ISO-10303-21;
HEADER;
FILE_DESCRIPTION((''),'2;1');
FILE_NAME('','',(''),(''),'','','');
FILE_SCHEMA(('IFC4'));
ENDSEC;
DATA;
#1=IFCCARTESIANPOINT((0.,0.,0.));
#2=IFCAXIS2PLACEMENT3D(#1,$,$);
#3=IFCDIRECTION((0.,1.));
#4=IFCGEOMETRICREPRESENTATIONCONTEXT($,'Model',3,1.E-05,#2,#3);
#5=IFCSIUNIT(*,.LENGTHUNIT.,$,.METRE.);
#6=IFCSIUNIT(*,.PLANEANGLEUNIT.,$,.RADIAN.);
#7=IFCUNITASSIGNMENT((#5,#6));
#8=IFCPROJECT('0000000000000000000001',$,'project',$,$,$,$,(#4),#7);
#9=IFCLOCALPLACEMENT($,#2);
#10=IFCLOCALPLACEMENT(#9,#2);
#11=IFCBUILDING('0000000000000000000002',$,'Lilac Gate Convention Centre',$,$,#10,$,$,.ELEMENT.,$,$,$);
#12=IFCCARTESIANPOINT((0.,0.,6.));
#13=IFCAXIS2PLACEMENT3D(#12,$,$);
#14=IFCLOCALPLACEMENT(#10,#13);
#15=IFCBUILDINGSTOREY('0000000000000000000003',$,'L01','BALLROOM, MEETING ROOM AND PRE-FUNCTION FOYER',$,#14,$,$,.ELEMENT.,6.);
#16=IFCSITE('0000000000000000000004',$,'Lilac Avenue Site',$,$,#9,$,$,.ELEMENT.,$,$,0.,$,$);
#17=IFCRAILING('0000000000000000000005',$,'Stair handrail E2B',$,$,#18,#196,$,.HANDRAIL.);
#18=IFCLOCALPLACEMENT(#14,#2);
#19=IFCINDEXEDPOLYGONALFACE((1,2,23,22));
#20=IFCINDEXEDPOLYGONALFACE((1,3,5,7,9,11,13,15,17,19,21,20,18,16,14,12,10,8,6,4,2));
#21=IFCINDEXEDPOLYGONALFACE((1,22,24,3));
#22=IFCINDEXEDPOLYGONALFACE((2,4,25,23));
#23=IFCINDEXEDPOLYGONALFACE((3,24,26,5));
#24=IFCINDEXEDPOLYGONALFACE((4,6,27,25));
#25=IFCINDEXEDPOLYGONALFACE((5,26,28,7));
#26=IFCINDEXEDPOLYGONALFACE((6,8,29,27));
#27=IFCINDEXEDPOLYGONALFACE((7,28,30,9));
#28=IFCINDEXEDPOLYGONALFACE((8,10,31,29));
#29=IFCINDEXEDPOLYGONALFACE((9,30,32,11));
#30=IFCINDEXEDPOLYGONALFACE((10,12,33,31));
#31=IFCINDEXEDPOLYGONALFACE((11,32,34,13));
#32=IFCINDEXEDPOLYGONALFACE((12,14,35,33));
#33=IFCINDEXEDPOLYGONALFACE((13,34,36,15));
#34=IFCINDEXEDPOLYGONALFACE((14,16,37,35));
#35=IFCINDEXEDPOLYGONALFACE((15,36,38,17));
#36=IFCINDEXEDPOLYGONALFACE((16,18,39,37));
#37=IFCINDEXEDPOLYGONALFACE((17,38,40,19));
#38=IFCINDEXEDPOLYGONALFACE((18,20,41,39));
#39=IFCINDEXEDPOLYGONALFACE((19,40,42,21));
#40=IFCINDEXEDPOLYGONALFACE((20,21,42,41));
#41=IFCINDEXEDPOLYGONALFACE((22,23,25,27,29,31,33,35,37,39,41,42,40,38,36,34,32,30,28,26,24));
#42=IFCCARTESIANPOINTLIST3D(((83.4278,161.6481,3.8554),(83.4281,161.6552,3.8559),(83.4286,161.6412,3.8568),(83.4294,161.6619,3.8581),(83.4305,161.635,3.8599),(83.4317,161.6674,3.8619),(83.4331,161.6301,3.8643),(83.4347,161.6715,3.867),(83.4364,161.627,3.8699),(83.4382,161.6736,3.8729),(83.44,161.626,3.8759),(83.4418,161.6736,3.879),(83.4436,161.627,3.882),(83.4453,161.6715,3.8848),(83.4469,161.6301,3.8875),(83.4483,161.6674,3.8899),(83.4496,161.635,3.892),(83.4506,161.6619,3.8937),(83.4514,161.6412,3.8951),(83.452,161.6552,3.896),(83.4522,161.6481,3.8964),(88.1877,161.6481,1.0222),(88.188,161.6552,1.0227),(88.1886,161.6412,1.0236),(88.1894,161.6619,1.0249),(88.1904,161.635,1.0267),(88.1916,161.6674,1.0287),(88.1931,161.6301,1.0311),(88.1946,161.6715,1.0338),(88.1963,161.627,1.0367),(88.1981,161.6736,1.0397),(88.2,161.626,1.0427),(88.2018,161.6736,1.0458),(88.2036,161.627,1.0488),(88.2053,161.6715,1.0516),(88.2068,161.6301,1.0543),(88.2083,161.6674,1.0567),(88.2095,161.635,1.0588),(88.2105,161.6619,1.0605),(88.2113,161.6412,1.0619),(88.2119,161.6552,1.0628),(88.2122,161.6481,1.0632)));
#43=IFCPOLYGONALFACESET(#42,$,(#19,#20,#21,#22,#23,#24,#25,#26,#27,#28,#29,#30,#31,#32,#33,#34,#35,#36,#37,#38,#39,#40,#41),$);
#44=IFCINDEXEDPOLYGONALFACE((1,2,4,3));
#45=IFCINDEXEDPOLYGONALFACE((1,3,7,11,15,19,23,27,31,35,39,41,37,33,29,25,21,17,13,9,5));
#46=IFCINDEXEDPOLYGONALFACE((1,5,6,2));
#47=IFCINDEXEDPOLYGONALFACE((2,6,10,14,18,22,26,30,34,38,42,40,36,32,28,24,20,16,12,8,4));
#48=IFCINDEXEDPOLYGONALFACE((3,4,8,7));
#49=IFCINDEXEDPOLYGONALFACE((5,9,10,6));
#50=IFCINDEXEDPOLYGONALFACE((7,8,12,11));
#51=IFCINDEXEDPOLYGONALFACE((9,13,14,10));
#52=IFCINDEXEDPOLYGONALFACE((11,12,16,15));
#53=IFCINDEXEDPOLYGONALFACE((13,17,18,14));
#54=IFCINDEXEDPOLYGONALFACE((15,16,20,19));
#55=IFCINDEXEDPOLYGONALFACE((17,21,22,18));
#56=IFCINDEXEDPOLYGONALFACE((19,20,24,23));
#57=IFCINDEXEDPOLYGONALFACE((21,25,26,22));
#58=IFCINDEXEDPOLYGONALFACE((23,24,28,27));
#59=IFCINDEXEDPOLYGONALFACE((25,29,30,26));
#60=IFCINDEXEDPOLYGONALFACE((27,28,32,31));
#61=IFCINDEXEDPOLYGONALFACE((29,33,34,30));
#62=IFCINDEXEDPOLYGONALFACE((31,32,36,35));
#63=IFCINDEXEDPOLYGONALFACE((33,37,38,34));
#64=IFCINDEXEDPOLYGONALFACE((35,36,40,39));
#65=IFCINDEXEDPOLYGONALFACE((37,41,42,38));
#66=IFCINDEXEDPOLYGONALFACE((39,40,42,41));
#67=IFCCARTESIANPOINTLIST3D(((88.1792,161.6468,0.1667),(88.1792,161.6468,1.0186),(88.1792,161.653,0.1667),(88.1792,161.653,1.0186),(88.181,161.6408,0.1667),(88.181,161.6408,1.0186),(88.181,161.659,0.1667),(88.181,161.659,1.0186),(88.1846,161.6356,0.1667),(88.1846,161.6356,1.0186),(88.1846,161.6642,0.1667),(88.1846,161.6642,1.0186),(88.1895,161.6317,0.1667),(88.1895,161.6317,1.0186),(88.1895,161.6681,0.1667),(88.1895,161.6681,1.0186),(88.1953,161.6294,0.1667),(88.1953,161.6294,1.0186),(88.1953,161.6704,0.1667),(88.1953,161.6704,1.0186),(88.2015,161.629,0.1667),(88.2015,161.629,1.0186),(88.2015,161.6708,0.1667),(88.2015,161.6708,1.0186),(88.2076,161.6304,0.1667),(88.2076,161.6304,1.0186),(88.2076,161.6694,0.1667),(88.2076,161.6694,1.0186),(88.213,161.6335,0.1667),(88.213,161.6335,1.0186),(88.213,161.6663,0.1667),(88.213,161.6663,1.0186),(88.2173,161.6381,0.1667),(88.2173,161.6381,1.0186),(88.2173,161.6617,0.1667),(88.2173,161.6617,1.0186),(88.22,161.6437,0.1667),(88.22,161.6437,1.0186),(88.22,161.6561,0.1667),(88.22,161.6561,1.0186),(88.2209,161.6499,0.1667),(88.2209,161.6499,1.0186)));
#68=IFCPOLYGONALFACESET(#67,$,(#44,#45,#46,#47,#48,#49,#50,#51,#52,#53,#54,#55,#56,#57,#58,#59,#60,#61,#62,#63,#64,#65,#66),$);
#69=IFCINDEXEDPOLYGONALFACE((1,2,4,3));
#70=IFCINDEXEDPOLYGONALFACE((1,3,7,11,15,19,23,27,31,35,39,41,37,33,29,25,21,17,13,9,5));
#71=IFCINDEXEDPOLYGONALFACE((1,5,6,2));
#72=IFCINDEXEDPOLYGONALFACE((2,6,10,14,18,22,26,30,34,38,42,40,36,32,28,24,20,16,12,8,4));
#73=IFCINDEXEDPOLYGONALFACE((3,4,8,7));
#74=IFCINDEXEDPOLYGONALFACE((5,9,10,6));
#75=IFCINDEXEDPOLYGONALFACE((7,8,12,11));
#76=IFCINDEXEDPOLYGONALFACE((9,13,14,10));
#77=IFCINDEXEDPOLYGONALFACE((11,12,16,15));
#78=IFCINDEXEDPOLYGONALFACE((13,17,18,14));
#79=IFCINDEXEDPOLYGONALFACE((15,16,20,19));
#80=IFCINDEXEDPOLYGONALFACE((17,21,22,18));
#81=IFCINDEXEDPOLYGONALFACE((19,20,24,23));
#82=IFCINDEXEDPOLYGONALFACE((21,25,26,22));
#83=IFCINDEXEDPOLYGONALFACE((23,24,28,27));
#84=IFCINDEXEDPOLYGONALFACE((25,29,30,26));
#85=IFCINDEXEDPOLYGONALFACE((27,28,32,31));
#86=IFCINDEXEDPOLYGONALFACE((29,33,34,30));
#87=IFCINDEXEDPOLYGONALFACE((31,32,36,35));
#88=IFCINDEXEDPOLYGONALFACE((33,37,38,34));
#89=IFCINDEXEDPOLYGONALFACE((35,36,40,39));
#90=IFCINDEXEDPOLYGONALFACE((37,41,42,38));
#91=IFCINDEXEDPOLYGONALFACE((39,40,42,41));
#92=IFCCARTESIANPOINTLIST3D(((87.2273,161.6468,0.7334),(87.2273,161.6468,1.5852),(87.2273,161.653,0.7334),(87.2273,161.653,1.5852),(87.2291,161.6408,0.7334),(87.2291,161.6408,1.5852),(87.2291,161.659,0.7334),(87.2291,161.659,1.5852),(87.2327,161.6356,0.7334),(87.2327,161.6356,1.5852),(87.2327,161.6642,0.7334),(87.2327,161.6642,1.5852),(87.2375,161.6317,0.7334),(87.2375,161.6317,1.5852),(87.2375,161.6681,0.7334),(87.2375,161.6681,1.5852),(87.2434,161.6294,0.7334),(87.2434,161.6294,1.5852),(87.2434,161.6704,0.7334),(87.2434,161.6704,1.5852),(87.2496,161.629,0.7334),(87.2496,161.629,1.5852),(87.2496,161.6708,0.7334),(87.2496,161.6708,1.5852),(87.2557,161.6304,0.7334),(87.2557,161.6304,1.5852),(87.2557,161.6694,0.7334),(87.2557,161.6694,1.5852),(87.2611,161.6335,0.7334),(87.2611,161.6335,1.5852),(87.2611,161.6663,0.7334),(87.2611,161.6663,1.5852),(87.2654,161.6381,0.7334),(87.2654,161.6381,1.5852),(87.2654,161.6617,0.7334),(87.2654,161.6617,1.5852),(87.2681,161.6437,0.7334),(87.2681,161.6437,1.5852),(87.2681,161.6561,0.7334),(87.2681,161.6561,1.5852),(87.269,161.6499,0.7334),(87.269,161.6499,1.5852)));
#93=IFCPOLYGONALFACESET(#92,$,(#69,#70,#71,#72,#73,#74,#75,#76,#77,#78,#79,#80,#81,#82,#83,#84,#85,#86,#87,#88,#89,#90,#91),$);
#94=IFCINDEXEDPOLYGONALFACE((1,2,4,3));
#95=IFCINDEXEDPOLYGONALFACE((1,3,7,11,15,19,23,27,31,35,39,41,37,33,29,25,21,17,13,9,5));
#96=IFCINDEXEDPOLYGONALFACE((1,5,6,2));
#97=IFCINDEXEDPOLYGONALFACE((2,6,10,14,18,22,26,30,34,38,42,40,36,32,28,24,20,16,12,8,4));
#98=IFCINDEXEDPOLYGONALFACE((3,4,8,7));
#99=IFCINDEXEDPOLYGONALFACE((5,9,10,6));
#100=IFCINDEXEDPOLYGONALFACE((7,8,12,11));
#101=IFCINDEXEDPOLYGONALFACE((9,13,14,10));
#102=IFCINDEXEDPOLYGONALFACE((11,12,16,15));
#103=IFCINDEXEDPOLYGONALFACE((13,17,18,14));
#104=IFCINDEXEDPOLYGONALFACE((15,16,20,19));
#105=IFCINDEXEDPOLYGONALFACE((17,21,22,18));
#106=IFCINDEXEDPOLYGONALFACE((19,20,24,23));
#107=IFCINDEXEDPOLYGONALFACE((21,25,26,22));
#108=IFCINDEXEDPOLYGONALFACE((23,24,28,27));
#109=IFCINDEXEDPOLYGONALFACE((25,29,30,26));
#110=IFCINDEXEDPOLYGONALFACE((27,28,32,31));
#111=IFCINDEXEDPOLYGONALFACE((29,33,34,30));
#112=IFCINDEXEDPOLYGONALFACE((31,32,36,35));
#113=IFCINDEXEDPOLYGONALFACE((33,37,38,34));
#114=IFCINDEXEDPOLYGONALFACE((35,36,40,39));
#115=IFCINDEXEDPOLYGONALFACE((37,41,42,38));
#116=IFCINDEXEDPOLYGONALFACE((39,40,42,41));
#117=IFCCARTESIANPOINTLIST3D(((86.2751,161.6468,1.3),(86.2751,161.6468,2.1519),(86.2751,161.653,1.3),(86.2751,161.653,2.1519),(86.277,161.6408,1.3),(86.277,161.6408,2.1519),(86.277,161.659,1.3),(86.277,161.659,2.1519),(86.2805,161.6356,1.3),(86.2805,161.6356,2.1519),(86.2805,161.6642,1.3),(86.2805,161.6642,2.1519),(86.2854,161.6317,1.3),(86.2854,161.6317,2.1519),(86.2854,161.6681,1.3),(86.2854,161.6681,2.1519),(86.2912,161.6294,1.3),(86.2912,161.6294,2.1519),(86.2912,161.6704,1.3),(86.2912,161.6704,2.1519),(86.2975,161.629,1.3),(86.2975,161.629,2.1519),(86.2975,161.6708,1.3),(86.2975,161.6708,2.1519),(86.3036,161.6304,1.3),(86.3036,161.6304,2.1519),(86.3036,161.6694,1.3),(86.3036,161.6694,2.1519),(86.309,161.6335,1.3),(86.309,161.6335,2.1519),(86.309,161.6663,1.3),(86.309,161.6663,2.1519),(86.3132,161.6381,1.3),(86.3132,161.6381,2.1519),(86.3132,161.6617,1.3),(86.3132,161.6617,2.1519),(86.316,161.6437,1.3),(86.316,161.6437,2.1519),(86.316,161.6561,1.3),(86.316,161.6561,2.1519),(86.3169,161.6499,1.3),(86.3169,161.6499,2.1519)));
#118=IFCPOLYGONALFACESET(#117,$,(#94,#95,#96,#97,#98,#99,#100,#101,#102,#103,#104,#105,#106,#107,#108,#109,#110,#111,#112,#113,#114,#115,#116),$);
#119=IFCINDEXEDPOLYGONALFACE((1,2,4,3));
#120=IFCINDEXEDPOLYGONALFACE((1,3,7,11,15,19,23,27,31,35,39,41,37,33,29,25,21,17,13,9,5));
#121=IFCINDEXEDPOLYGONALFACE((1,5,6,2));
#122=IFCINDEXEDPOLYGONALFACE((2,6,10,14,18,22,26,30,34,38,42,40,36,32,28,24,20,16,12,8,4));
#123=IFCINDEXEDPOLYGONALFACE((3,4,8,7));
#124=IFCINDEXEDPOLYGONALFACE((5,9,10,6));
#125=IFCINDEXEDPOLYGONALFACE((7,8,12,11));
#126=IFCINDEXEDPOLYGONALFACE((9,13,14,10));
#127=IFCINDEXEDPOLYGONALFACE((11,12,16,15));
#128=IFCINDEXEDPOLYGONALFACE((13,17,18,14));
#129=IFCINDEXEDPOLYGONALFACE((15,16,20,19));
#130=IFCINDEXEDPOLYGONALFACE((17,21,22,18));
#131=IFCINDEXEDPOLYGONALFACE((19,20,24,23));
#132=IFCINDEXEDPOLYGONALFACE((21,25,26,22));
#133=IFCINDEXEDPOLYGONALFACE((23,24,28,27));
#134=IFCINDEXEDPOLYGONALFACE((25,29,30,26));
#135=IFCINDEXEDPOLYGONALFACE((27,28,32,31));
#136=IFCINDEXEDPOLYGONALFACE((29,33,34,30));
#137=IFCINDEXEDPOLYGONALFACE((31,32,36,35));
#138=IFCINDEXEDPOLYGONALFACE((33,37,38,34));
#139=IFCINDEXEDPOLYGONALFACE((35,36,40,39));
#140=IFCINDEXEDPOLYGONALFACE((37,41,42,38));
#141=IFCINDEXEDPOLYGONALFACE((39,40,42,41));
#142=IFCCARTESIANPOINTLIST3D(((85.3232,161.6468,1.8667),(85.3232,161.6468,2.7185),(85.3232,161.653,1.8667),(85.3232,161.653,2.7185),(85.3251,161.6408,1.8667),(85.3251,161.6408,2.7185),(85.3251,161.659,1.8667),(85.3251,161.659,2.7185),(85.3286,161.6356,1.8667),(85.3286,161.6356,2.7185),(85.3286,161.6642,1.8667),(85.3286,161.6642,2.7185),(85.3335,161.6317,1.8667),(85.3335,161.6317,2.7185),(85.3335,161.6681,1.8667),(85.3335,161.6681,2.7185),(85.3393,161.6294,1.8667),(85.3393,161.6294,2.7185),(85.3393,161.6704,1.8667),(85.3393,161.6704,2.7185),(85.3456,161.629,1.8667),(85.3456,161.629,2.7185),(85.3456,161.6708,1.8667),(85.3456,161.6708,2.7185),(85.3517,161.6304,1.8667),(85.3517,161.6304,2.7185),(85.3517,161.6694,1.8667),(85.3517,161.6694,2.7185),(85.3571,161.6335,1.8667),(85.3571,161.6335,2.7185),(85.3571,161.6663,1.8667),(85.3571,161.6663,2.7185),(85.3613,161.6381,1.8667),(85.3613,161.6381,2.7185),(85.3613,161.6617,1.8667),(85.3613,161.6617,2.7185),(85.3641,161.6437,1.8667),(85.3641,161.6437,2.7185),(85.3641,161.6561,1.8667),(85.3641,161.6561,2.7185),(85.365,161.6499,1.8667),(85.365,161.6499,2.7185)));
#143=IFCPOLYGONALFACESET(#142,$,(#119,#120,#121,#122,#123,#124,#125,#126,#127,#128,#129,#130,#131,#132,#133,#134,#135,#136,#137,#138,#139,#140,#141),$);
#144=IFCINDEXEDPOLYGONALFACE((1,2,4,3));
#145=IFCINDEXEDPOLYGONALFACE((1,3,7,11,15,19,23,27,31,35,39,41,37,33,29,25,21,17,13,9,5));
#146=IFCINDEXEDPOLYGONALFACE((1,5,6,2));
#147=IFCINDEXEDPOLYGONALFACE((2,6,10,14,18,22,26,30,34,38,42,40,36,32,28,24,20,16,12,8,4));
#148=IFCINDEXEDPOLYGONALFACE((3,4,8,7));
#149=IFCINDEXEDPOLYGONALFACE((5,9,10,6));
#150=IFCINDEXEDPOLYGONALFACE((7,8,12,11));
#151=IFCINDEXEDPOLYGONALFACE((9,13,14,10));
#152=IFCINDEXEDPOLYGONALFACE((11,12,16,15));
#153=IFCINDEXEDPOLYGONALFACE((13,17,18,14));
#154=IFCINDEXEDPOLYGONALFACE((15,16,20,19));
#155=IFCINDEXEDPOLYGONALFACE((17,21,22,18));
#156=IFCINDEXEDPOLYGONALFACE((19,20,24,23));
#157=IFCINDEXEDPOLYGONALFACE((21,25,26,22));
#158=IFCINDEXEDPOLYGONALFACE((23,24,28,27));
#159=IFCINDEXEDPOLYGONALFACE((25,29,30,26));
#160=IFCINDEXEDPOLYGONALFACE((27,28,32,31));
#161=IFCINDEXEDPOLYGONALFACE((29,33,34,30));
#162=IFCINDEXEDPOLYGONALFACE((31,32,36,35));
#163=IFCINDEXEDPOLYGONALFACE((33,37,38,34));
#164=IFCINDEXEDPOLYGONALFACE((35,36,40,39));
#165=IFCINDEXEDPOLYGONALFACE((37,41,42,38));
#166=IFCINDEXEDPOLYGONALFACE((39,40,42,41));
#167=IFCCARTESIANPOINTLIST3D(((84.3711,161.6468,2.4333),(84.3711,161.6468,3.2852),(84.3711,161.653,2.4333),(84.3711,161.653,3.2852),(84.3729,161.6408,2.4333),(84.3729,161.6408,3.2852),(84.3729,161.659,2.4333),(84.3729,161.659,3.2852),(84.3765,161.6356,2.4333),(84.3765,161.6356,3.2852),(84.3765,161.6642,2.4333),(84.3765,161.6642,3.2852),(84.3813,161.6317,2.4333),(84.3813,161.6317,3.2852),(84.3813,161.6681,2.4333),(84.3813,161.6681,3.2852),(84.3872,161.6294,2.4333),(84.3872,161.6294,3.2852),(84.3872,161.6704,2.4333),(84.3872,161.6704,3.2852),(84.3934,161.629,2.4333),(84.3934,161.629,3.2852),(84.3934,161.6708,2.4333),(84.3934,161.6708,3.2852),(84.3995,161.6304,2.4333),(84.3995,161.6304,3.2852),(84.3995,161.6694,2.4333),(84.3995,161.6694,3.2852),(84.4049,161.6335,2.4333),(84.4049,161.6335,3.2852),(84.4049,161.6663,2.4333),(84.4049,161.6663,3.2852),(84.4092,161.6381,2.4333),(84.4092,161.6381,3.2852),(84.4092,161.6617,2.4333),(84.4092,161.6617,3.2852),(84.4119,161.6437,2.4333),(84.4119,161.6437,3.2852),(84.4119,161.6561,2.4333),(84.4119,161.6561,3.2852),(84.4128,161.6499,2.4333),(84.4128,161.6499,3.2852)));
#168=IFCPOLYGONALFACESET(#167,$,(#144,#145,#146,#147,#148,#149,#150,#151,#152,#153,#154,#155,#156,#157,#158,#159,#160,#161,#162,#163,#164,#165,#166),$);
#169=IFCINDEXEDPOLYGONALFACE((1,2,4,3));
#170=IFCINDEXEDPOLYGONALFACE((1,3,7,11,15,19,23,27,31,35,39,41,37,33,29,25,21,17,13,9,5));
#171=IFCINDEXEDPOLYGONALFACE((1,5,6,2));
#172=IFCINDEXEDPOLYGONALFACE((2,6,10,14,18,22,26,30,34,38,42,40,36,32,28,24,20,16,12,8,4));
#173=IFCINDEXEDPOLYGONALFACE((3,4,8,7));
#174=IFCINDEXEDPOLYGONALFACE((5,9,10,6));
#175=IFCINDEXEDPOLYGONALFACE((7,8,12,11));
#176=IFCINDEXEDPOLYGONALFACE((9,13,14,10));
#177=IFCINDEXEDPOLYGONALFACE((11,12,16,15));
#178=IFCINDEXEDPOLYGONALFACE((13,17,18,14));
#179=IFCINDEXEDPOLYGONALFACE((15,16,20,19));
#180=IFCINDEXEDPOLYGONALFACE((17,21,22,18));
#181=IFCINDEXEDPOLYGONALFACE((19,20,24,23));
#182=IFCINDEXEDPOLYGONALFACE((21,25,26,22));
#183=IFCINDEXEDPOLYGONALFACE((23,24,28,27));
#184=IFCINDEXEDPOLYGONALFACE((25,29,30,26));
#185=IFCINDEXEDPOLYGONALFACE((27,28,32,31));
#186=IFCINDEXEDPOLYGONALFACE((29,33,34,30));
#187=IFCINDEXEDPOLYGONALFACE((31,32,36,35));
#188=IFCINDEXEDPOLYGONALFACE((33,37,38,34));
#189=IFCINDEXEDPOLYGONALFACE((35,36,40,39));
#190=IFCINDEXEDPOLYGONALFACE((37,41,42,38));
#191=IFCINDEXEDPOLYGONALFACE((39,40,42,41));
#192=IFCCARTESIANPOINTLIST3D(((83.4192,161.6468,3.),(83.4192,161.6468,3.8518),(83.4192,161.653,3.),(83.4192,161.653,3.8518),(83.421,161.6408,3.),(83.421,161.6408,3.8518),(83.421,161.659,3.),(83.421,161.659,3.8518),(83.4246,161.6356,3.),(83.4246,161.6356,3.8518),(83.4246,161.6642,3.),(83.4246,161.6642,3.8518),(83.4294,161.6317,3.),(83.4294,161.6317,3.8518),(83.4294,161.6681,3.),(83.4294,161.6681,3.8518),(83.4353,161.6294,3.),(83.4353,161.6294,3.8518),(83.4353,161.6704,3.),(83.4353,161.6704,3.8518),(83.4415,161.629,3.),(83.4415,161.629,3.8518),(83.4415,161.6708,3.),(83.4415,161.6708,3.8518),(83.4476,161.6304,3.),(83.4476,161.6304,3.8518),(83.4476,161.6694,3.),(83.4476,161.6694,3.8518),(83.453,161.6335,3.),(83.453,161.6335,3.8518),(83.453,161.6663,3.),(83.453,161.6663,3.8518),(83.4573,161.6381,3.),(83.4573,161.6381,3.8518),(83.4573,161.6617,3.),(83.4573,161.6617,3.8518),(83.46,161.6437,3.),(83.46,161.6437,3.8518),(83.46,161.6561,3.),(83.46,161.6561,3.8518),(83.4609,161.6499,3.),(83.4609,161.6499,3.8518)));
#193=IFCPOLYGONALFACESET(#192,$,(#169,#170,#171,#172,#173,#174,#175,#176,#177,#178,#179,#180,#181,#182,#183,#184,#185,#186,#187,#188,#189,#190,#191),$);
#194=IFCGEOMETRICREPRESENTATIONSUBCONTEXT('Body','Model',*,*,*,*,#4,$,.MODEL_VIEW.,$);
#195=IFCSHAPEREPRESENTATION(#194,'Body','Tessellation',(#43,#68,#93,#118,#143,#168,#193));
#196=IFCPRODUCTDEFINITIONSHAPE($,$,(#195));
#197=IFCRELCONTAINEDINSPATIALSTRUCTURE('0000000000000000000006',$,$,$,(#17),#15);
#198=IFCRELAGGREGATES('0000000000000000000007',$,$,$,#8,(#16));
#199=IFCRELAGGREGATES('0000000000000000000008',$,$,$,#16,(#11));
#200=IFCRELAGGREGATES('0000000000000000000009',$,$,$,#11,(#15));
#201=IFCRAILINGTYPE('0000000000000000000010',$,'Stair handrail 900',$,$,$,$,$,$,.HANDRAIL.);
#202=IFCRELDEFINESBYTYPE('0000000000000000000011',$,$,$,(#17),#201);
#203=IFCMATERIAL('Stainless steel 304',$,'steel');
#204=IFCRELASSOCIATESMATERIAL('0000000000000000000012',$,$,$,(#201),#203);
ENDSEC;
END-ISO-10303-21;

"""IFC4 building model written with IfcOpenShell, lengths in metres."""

from ifc_helpers import new_model, si_unit, direction, frame, origin, origin_2d, place, context, subcontext, project, spatial, circle, extrude, material, type_object, element, save


model = new_model("IFC4")

# Units and contexts
model_context = context("Model", 3, precision=1e-05, world=origin(), true_north=direction((0.0, 1.0)))
body_context = subcontext(model_context, "Body", "Model", "MODEL_VIEW")
ifc_project = project(units=[si_unit("LENGTHUNIT", "METRE"), si_unit("PLANEANGLEUNIT", "RADIAN")], contexts=[model_context])

# Site, building, storey
site_placement = place(None, origin())
site = spatial("IfcSite", under=ifc_project, at=site_placement, Name="Lilac Avenue Site", CompositionType="ELEMENT", RefElevation=0.0)
building_placement = place(site_placement, origin())
building = spatial("IfcBuilding", under=site, at=building_placement, Name="Lilac Gate Convention Centre", CompositionType="ELEMENT")
storey_placement = place(building_placement, frame((0.0, 0.0, 6.0)))
storey = spatial("IfcBuildingStorey", under=building, at=storey_placement, Name="L01", Description="BALLROOM, MEETING ROOM AND PRE-FUNCTION FOYER", CompositionType="ELEMENT", Elevation=6.0)

# Railing
ifc_material_1 = material(Name="Stainless steel 304", Category="steel")
railing_type = type_object("IfcRailingType", Name="Stair handrail 900", PredefinedType="HANDRAIL", material=ifc_material_1)
for number, where, name in (
    (1, (88.2, 161.6499, 0.1667), "Stair handrail E2B"),
):
    element("IfcRailing", number, at=place(storey_placement, frame(where)), inside=storey, type_object=railing_type, Name=name, PredefinedType="HANDRAIL", context=body_context, shape_type="SweptSolid", body=[
        extrude(circle(Radius=0.0239, at=origin_2d()), frame((0.0, 0.0, 0.876), z_axis=(-0.8593, 0.0, 0.511472), x_axis=(0.0, -1.0, 0.0)), (0.0, 0.0, 1.0), 5.5393),
        extrude(circle(Radius=0.021, at=origin_2d()), origin(), (0.0, 0.0, 1.0), 0.8518),
        extrude(circle(Radius=0.021, at=origin_2d()), frame((-0.9519, 0.0, 0.5667)), (0.0, 0.0, 1.0), 0.8518),
        extrude(circle(Radius=0.021, at=origin_2d()), frame((-1.9041, 0.0, 1.1333)), (0.0, 0.0, 1.0), 0.8518),
        extrude(circle(Radius=0.021, at=origin_2d()), frame((-2.856, 0.0, 1.7)), (0.0, 0.0, 1.0), 0.8518),
        extrude(circle(Radius=0.021, at=origin_2d()), frame((-3.8081, 0.0, 2.2666)), (0.0, 0.0, 1.0), 0.8518),
        extrude(circle(Radius=0.021, at=origin_2d()), frame((-4.76, 0.0, 2.8333)), (0.0, 0.0, 1.0), 0.8518),
    ])

save(model, "model.ifc")
